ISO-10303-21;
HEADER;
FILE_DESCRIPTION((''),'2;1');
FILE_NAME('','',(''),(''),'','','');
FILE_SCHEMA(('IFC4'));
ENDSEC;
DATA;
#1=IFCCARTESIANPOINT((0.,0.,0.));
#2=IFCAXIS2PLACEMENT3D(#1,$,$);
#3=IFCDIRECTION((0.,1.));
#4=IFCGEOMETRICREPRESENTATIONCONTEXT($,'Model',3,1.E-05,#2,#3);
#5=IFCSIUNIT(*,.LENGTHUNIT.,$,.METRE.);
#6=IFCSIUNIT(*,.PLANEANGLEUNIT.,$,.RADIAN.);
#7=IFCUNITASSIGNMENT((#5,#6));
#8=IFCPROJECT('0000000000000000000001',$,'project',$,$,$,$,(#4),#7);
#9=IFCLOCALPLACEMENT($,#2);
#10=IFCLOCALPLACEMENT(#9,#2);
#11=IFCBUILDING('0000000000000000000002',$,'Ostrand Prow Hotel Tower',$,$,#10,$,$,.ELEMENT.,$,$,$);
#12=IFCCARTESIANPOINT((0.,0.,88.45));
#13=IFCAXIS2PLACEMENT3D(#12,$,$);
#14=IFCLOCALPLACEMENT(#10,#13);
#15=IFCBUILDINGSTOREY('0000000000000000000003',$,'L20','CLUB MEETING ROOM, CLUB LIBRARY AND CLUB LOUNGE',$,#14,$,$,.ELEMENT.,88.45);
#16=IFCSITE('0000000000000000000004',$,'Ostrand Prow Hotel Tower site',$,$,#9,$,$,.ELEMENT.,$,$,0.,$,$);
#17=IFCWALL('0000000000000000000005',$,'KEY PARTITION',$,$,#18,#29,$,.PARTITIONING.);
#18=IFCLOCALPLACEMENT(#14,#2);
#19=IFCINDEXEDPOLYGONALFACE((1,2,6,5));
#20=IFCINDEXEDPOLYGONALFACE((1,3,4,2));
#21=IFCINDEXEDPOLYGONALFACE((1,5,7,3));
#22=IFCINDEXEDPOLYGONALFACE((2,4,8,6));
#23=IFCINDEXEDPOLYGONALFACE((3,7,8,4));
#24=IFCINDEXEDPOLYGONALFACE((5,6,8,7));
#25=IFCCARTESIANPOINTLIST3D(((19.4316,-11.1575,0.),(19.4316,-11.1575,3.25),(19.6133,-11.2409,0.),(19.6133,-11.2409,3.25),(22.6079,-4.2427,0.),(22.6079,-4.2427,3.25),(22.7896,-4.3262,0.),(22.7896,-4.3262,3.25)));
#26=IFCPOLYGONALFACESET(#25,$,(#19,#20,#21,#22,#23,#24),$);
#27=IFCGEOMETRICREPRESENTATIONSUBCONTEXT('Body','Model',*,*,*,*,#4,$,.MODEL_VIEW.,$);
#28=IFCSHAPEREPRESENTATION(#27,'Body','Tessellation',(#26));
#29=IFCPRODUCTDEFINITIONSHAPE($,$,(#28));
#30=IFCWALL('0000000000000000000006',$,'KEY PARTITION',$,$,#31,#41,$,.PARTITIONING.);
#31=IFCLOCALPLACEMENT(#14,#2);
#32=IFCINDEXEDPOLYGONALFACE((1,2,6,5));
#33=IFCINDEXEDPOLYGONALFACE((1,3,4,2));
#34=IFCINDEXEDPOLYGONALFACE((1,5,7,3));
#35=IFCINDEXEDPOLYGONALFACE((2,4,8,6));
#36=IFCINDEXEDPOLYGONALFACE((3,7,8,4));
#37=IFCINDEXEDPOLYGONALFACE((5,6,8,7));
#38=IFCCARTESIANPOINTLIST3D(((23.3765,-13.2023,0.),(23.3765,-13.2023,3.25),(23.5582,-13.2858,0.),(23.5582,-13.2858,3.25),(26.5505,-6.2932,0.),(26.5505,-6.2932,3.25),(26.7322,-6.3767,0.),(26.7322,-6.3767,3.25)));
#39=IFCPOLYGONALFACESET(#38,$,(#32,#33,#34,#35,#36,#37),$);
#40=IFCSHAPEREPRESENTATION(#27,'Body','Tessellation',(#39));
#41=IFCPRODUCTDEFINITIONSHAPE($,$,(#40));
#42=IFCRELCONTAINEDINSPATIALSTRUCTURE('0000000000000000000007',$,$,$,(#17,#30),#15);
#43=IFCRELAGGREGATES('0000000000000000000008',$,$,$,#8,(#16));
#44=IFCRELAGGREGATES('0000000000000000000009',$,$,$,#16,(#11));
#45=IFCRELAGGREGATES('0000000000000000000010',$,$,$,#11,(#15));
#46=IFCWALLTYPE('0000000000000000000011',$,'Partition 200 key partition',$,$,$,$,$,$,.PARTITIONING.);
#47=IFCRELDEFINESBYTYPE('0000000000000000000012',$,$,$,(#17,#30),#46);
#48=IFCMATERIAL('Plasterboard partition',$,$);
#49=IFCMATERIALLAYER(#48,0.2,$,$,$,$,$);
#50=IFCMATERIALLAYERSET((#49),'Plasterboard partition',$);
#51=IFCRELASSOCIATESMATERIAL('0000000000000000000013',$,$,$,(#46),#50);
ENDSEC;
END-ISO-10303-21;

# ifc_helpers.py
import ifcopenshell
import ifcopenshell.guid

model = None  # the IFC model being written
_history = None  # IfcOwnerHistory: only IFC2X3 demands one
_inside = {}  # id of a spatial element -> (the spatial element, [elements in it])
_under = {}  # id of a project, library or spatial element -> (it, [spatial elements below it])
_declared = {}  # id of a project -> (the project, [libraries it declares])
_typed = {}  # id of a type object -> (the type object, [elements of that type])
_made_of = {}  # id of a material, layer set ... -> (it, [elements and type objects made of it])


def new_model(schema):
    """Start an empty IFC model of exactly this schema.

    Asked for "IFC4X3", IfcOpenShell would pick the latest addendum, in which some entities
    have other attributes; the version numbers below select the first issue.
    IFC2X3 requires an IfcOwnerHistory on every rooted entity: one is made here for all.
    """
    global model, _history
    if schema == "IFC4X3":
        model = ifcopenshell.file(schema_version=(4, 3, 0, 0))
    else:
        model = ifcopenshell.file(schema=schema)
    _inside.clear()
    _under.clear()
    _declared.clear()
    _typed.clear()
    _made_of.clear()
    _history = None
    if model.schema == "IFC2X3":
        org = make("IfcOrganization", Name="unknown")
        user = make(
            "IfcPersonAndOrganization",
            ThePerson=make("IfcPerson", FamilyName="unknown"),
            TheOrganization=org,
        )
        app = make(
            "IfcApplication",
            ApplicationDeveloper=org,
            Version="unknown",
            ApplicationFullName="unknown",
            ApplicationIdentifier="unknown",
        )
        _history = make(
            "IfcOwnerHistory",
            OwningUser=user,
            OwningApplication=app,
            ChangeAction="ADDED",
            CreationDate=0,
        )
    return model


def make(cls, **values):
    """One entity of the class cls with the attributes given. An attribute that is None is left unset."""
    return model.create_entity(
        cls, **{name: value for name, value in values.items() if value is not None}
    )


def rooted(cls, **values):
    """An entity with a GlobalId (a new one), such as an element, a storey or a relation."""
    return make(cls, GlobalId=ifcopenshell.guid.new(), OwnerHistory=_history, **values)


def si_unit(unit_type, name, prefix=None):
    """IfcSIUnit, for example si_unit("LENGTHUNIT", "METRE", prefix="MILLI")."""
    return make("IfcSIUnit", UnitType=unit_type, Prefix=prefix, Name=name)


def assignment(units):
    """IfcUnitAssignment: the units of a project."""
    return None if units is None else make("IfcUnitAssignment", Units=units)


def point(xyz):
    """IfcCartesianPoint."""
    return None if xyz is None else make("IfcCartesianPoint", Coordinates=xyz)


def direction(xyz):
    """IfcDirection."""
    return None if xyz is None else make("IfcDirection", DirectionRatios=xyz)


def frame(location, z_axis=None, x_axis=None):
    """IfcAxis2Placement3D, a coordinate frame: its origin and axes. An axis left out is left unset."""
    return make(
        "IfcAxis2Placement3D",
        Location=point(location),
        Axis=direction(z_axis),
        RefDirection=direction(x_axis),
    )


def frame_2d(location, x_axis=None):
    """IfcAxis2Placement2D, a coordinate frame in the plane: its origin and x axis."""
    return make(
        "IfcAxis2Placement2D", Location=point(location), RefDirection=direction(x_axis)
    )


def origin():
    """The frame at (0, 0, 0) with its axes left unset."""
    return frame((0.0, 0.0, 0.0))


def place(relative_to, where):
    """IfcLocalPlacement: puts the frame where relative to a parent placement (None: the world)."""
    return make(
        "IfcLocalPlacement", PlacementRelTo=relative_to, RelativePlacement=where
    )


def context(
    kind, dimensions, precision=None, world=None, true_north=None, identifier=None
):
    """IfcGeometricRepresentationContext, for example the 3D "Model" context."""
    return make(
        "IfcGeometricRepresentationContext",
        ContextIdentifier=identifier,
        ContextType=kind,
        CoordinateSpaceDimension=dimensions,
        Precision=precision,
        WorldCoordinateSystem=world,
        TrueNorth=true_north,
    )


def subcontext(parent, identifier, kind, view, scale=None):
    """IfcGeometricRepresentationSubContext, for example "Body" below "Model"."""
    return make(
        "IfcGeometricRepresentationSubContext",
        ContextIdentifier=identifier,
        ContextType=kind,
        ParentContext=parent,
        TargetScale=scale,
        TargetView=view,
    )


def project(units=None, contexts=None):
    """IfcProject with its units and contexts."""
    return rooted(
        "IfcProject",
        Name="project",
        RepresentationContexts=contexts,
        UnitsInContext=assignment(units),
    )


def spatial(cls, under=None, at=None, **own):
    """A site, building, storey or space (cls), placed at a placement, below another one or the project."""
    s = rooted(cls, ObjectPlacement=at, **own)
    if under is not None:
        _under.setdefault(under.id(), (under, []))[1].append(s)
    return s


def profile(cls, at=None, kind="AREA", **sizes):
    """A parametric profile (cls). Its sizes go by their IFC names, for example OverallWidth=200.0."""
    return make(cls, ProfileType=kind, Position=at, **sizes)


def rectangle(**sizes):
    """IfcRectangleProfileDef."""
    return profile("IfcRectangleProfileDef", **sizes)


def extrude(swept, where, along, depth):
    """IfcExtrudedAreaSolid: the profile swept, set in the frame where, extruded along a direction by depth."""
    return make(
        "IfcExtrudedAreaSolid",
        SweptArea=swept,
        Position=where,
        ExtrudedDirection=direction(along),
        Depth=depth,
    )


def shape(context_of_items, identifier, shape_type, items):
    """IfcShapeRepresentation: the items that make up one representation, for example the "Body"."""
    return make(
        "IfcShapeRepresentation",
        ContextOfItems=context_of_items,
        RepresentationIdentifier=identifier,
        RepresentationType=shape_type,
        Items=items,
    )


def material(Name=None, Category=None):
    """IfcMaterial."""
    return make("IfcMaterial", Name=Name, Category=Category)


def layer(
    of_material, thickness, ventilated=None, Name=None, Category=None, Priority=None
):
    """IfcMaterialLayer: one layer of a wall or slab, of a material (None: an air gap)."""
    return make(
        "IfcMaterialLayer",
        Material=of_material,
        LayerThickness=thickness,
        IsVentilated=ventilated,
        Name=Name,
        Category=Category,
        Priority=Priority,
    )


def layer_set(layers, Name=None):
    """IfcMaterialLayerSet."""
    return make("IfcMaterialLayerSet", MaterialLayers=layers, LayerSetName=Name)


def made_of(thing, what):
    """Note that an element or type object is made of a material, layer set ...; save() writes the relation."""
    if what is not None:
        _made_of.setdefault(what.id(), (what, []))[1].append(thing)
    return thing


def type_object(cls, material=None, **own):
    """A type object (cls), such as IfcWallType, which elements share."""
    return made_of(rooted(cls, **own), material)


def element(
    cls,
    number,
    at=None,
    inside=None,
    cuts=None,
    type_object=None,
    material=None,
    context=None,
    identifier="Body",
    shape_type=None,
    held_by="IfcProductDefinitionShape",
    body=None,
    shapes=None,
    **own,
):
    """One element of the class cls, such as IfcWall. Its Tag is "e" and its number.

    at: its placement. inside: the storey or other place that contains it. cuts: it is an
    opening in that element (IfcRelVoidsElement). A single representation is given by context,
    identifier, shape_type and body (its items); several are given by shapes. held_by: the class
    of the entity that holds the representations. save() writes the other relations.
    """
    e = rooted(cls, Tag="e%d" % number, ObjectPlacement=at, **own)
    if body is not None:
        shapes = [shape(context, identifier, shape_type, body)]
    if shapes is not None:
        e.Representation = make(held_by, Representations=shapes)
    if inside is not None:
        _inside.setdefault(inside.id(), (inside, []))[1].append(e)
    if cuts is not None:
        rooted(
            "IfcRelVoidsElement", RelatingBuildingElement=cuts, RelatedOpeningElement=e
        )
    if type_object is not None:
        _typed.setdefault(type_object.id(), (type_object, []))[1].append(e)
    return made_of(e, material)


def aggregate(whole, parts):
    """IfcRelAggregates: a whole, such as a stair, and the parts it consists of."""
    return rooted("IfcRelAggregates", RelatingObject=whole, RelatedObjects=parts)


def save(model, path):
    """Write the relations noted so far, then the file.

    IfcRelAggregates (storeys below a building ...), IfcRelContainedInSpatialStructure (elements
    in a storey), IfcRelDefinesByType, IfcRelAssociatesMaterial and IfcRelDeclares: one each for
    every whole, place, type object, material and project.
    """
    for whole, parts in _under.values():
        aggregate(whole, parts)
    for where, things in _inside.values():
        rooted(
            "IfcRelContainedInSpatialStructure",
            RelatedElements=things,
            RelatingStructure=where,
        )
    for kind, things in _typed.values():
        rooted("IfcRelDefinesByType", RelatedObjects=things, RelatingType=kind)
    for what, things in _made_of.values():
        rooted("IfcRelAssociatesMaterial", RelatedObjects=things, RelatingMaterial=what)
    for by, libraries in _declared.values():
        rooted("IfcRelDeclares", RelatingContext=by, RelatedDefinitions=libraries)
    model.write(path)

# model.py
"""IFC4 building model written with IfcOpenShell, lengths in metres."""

from ifc_helpers import new_model, si_unit, direction, frame, frame_2d, origin, place, context, subcontext, project, spatial, rectangle, extrude, material, layer, layer_set, type_object, element, save


model = new_model("IFC4")

# Units and contexts
model_context = context("Model", 3, precision=1e-05, world=origin(), true_north=direction((0.0, 1.0)))
body_context = subcontext(model_context, "Body", "Model", "MODEL_VIEW")
ifc_project = project(units=[si_unit("LENGTHUNIT", "METRE"), si_unit("PLANEANGLEUNIT", "RADIAN")], contexts=[model_context])

# Site, building, storey
site_placement = place(None, origin())
site = spatial("IfcSite", under=ifc_project, at=site_placement, Name="Ostrand Prow Hotel Tower site", CompositionType="ELEMENT", RefElevation=0.0)
building_placement = place(site_placement, origin())
building = spatial("IfcBuilding", under=site, at=building_placement, Name="Ostrand Prow Hotel Tower", CompositionType="ELEMENT")
storey_placement = place(building_placement, frame((0.0, 0.0, 88.45)))
storey = spatial("IfcBuildingStorey", under=building, at=storey_placement, Name="L20", Description="CLUB MEETING ROOM, CLUB LIBRARY AND CLUB LOUNGE", CompositionType="ELEMENT", Elevation=88.45)

# Walls
ifc_material_1 = material(Name="Plasterboard partition")
ifc_layer_1 = layer(ifc_material_1, 0.2)
ifc_layer_set_1 = layer_set([ifc_layer_1], Name="Plasterboard partition")
wall_type_1 = type_object("IfcWallType", Name="Partition 200 key partition", PredefinedType="PARTITIONING", material=ifc_layer_set_1)
wall_1_placement = place(storey_placement, frame((19.5225, -11.1992, 0.0), z_axis=(0.0, 0.0, 1.0), x_axis=(0.417414, 0.908717, 0.0)))
element("IfcWall", 1, at=wall_1_placement, inside=storey, type_object=wall_type_1, Name="KEY PARTITION", PredefinedType="PARTITIONING", context=body_context, shape_type="SweptSolid", body=[
    extrude(rectangle(XDim=7.6094, YDim=0.2, at=frame_2d((3.8047, 0.0))), origin(), (0.0, 0.0, 1.0), 3.25),
])
wall_2_placement = place(storey_placement, frame((23.4673, -13.2441, 0.0), z_axis=(0.0, 0.0, 1.0), x_axis=(0.417455, 0.908698, 0.0)))
element("IfcWall", 2, at=wall_2_placement, inside=storey, type_object=wall_type_1, Name="KEY PARTITION", PredefinedType="PARTITIONING", context=body_context, shape_type="SweptSolid", body=[
    extrude(rectangle(XDim=7.6033, YDim=0.2, at=frame_2d((3.8018, 0.0))), origin(), (0.0, 0.0, 1.0), 3.25),
])

save(model, "model.ifc")
